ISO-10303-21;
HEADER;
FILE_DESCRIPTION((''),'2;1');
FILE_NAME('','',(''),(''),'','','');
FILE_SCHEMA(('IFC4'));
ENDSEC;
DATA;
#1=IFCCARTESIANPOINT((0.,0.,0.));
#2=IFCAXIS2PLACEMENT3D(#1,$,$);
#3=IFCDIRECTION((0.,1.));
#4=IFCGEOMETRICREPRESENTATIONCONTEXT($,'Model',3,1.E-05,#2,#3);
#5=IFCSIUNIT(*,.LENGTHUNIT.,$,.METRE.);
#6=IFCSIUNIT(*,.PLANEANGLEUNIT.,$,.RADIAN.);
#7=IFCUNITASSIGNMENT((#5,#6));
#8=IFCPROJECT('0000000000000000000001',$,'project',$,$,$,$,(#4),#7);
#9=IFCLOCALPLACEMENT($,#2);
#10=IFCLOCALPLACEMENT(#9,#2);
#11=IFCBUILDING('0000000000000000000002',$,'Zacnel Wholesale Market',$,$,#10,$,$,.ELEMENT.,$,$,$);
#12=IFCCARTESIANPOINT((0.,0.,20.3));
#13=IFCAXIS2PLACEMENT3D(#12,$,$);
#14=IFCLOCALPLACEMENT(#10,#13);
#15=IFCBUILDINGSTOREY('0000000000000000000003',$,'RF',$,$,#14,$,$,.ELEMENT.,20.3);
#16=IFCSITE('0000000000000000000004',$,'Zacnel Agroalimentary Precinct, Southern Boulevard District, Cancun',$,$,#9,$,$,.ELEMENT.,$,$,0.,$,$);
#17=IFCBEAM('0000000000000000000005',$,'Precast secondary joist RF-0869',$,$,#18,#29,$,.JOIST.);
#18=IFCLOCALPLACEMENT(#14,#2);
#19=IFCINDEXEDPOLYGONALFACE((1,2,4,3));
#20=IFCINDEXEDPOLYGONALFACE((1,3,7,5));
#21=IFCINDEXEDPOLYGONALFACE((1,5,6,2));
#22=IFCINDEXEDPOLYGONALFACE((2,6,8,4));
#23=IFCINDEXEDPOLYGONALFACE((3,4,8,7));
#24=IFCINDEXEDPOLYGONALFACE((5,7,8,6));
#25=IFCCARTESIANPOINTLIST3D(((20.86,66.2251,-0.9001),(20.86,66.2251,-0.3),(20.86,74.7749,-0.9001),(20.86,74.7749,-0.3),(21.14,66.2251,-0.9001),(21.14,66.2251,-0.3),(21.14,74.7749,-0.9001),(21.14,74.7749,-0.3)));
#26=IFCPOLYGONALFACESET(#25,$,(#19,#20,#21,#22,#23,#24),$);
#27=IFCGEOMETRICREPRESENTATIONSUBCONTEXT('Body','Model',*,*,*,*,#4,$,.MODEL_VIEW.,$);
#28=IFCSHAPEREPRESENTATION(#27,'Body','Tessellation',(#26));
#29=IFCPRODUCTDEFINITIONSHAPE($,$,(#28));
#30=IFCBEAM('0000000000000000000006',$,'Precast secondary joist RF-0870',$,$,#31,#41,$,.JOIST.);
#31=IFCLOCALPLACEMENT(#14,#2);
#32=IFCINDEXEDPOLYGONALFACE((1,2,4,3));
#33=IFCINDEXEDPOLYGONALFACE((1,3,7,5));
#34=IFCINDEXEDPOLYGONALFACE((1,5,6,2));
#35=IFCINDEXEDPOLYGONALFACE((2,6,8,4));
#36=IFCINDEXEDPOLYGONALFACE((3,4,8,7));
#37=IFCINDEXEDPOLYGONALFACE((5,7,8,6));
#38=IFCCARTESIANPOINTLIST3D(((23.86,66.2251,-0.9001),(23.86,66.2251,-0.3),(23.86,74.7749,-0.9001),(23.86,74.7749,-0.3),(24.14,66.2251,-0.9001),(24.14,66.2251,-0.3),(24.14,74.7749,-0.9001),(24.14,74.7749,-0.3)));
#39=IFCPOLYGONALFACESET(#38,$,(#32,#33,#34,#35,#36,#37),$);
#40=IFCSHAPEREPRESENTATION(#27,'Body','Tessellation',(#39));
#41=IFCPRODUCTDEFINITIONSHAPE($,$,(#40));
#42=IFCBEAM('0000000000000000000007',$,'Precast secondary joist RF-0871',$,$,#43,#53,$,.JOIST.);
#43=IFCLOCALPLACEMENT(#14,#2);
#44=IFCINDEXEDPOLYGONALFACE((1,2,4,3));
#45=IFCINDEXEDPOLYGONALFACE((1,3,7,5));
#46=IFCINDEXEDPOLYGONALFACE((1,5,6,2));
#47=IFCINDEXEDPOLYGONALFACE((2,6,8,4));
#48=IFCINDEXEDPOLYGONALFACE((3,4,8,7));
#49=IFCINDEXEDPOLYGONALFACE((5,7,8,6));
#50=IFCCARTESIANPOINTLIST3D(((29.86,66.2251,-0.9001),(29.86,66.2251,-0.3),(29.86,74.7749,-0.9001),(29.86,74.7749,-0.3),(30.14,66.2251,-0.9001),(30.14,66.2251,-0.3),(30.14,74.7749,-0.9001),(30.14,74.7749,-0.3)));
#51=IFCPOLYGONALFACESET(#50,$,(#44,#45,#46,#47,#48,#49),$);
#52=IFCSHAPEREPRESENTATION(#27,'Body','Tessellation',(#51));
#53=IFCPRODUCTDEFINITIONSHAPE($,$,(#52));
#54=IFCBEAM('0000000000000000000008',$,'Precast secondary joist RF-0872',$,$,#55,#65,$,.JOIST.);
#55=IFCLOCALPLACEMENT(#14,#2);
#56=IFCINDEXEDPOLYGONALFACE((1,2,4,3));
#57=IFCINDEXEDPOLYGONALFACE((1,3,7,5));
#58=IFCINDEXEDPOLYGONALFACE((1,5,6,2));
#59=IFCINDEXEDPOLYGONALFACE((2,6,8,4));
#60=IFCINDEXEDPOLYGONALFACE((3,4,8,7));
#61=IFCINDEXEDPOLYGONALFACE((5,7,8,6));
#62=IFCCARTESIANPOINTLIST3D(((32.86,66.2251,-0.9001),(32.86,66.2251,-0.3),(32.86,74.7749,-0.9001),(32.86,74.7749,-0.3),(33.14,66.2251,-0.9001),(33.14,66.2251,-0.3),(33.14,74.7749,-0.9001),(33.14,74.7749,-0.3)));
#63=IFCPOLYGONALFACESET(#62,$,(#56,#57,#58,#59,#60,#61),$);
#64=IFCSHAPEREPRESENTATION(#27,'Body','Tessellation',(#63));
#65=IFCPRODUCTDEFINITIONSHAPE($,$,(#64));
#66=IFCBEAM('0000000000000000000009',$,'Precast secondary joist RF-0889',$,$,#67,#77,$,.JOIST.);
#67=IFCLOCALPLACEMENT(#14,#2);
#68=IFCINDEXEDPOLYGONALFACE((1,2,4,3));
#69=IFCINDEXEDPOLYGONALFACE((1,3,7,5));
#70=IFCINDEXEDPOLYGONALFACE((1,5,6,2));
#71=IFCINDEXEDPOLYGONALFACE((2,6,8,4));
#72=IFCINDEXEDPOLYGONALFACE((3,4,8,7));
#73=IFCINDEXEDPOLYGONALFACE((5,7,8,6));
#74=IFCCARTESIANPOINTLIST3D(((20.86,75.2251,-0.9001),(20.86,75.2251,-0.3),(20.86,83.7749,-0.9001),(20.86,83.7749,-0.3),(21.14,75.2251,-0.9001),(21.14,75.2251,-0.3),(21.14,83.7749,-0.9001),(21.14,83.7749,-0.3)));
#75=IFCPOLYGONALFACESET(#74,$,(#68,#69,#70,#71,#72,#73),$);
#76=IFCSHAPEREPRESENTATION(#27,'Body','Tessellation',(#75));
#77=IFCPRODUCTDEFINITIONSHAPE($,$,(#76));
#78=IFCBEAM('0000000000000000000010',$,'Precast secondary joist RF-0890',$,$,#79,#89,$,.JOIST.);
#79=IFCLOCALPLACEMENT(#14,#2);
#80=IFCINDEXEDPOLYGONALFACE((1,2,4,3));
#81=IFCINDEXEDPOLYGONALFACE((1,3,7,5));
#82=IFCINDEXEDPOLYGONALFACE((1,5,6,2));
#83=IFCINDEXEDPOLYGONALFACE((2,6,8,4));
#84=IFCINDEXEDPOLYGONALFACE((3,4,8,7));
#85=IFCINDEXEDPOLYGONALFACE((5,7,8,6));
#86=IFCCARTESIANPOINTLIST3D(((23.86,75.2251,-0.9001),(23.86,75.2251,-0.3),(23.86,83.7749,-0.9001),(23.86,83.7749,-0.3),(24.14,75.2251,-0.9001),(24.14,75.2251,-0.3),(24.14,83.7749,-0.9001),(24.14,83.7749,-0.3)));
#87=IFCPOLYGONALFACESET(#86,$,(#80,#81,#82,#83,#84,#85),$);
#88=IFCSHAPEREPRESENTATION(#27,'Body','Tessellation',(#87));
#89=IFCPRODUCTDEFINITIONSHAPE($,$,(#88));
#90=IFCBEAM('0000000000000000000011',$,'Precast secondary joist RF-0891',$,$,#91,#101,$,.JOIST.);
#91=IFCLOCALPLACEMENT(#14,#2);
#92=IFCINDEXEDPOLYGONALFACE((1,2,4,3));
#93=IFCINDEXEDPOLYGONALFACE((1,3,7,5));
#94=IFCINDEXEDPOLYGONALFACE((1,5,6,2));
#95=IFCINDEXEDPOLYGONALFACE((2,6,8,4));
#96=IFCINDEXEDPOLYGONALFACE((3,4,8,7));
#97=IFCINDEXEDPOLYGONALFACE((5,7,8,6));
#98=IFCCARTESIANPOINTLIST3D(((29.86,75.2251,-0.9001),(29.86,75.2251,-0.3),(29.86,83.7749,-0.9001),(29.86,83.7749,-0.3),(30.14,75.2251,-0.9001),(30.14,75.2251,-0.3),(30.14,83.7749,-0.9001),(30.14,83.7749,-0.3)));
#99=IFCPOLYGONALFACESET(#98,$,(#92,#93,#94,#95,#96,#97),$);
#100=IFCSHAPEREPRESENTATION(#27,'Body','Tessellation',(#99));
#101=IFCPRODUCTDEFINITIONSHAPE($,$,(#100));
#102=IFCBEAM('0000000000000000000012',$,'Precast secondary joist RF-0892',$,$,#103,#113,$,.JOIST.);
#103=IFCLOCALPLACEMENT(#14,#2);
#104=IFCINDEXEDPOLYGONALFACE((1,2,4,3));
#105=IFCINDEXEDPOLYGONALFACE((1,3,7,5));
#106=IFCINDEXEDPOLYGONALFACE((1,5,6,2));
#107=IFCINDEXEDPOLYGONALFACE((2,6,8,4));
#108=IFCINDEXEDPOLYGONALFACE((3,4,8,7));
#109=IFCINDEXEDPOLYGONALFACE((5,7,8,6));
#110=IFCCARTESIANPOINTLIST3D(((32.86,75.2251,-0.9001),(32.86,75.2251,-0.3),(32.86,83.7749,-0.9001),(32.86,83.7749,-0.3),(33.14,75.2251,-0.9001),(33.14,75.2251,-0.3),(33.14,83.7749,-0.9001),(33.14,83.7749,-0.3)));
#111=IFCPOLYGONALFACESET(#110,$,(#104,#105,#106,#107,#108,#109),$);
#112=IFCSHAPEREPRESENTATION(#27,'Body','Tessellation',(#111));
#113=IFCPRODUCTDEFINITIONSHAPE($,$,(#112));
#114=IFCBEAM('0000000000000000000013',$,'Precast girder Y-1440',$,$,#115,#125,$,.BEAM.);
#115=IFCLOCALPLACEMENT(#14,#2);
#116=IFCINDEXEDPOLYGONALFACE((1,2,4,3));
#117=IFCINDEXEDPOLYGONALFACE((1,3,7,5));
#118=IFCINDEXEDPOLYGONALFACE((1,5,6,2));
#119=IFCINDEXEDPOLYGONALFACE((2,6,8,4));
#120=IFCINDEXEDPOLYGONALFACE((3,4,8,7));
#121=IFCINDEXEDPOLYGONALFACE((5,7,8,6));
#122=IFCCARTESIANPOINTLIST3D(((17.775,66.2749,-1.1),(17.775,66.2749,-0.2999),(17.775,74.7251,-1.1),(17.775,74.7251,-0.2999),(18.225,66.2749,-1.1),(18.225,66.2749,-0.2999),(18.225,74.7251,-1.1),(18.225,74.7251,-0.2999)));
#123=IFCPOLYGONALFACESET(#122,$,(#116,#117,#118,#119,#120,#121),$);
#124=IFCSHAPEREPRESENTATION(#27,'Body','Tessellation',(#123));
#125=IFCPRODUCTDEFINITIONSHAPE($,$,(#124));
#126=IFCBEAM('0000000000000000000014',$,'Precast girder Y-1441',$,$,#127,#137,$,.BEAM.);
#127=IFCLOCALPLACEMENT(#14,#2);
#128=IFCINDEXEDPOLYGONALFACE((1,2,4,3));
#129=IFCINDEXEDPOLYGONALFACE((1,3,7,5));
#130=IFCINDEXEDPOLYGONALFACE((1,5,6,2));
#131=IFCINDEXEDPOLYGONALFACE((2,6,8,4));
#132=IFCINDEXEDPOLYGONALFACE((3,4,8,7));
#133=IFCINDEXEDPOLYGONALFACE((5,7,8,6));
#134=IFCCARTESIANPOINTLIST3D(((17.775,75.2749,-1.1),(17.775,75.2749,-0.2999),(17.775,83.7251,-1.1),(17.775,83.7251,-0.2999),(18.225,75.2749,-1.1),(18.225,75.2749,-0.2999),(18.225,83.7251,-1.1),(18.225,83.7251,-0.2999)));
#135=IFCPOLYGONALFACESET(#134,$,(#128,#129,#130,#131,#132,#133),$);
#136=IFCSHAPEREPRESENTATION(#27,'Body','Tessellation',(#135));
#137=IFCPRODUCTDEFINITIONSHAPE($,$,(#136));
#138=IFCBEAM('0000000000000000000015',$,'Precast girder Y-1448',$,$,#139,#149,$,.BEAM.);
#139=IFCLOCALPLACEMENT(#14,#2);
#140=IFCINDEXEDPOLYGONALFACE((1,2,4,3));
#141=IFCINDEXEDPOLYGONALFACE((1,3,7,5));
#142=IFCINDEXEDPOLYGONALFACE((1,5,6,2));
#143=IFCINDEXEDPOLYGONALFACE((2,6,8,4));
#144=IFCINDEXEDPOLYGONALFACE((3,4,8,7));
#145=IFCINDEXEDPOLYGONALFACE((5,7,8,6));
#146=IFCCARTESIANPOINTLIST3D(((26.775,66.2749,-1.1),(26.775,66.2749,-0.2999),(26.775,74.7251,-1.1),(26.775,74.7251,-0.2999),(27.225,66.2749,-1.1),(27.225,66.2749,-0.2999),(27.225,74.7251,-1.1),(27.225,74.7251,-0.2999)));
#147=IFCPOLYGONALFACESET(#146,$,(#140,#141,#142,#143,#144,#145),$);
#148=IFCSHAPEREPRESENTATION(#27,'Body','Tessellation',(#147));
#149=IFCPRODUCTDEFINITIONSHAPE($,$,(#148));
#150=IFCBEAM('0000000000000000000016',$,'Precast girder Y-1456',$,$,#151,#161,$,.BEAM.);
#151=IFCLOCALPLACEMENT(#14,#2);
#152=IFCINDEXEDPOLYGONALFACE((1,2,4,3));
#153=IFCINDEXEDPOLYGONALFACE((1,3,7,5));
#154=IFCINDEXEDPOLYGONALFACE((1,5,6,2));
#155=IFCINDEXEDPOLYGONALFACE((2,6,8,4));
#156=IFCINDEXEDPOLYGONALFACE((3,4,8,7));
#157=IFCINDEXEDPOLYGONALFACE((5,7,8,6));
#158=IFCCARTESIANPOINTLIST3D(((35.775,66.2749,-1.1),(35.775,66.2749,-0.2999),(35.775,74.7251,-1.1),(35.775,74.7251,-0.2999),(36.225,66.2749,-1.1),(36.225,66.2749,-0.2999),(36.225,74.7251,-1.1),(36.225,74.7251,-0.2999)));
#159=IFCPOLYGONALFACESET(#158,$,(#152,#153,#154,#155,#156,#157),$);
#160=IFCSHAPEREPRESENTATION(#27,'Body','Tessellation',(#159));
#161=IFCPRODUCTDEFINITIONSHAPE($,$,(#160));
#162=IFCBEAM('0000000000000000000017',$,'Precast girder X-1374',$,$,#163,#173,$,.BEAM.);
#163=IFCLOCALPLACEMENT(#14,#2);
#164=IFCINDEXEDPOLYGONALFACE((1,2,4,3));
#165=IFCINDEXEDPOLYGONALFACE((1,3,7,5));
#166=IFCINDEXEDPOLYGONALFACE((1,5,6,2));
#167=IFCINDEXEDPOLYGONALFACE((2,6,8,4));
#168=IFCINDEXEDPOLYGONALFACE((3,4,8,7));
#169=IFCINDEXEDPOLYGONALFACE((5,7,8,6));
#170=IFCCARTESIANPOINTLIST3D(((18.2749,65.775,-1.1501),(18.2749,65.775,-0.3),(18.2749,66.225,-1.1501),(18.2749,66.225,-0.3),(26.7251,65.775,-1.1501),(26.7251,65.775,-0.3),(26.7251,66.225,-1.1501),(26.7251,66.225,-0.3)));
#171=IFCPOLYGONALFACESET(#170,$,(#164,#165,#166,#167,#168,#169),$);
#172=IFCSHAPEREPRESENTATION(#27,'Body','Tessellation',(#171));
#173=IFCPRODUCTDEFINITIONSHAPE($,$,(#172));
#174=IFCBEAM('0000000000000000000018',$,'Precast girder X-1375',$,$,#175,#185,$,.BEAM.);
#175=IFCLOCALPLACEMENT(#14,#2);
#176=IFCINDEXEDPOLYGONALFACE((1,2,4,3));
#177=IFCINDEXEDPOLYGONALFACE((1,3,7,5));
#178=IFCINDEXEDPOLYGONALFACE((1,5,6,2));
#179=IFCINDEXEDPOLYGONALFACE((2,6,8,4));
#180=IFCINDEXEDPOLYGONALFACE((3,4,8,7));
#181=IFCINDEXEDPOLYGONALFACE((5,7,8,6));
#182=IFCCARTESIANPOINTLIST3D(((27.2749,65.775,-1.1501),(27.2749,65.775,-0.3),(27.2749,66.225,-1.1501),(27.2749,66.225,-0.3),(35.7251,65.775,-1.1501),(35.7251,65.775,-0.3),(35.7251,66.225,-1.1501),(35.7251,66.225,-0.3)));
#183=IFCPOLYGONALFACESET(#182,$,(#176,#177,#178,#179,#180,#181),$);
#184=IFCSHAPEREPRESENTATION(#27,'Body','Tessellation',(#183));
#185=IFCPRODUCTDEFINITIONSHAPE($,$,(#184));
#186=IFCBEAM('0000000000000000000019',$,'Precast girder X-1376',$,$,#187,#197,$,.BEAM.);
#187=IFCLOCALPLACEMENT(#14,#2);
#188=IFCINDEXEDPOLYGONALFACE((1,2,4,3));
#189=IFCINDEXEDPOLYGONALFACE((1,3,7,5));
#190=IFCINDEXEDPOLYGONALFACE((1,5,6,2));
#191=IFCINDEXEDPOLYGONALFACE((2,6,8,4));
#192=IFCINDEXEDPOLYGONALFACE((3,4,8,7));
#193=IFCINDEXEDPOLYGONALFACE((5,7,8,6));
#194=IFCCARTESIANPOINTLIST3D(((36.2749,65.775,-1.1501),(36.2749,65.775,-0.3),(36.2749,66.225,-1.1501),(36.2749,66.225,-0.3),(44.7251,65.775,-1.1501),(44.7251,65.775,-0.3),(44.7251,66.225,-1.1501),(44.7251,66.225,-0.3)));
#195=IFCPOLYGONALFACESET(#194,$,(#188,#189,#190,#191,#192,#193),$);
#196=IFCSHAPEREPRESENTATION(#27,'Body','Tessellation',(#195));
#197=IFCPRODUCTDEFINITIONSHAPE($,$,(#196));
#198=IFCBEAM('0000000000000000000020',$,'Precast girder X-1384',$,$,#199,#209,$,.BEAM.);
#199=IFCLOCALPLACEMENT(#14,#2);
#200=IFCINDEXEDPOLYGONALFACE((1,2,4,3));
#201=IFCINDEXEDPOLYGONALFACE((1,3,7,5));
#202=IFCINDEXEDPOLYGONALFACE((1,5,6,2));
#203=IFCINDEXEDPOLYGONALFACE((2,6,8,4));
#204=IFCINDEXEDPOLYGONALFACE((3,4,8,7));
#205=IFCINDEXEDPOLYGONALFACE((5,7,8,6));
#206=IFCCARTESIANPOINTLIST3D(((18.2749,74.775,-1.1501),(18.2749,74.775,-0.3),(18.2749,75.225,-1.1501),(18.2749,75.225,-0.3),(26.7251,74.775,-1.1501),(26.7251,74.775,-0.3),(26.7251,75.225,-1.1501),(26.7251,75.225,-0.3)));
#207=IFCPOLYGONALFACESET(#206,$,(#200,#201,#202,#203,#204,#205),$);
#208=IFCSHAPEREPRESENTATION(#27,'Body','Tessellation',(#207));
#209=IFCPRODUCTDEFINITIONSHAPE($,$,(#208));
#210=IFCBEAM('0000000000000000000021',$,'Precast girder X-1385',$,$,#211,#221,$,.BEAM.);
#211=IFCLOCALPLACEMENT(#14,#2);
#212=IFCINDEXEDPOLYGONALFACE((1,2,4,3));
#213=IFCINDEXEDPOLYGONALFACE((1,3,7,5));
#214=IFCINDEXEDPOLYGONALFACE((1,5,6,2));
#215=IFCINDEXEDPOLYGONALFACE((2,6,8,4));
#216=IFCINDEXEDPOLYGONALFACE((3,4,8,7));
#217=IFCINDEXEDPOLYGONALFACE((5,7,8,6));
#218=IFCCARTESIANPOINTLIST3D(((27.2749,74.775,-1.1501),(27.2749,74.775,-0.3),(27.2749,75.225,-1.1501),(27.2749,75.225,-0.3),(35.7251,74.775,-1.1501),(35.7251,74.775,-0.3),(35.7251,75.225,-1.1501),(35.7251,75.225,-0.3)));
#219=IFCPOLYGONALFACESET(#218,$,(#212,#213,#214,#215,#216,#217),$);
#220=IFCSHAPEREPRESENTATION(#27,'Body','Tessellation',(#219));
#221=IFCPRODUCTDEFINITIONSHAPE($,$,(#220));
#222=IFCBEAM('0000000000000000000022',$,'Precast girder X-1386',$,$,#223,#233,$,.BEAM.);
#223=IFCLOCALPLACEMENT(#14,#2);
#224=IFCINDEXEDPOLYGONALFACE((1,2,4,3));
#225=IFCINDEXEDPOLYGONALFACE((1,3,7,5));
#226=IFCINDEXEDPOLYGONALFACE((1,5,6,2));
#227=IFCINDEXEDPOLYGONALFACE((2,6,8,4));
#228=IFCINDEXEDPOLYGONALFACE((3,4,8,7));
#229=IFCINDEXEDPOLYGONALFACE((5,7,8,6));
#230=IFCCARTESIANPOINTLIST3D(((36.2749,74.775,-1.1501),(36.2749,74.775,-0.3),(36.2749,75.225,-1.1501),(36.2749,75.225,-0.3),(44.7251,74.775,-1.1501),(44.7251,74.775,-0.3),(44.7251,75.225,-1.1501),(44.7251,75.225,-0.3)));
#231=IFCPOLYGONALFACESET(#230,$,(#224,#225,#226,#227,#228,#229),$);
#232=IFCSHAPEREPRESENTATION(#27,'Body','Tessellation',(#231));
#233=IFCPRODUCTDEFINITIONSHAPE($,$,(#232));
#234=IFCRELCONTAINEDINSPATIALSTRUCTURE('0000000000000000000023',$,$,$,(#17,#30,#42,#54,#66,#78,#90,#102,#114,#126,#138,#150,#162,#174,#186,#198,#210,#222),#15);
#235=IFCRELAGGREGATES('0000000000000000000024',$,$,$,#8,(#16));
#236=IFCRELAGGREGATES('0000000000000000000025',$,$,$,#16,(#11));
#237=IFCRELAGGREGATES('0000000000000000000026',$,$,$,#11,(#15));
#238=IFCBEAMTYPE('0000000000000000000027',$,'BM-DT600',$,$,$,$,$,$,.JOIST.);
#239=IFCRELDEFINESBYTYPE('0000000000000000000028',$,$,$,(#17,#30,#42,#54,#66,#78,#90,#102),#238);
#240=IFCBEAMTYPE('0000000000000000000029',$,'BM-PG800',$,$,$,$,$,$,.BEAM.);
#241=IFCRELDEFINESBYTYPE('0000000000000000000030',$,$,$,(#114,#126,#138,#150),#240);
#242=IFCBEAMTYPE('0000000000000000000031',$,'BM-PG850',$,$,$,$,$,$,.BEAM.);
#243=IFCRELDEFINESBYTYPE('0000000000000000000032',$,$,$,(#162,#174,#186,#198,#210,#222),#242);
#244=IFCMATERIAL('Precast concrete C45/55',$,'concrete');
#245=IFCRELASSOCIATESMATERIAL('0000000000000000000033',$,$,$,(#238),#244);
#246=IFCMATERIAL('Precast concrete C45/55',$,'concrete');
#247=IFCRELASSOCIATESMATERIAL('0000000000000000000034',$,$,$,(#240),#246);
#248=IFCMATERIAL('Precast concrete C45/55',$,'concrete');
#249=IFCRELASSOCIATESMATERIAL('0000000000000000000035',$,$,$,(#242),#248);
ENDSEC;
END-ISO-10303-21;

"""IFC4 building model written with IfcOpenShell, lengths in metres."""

from ifc_helpers import new_model, si_unit, direction, frame, origin, origin_2d, place, context, subcontext, project, spatial, rectangle, extrude, material, material_profile, profile_set, type_object, element, save


model = new_model("IFC4")

# Units and contexts
model_context = context("Model", 3, precision=1e-05, world=origin(), true_north=direction((0.0, 1.0)))
body_context = subcontext(model_context, "Body", "Model", "MODEL_VIEW")
ifc_project = project(units=[si_unit("LENGTHUNIT", "METRE"), si_unit("PLANEANGLEUNIT", "RADIAN")], contexts=[model_context])

# Site, building, storey
site_placement = place(None, origin())
site = spatial("IfcSite", under=ifc_project, at=site_placement, Name="Zacnel Agroalimentary Precinct, Southern Boulevard District, Cancun", CompositionType="ELEMENT", RefElevation=0.0)
building_placement = place(site_placement, origin())
building = spatial("IfcBuilding", under=site, at=building_placement, Name="Zacnel Wholesale Market", CompositionType="ELEMENT")
storey_placement = place(building_placement, frame((0.0, 0.0, 20.3)))
storey = spatial("IfcBuildingStorey", under=building, at=storey_placement, Name="RF", CompositionType="ELEMENT", Elevation=20.3)

# Beams
ifc_material_1 = material(Name="Precast concrete C45/55", Category="concrete")
ifc_material_profile_1 = material_profile(ifc_material_1, rectangle(XDim=0.28, YDim=0.6001, at=origin_2d()), Name="DT RIB 280x600")
ifc_profile_set_1 = profile_set([ifc_material_profile_1], Name="Precast concrete C45/55")
beam_type_1 = type_object("IfcBeamType", Name="BM-DT600", PredefinedType="JOIST", material=ifc_profile_set_1)
for number, where, z_axis, x_axis, name in (
    (1, (21.0, 66.2251, -0.6001), (0.0, 1.0, 0.0), (-1.0, 0.0, 0.0), "Precast secondary joist RF-0869"),
    (2, (24.0, 66.2251, -0.6001), (0.0, 1.0, 0.0), (-1.0, 0.0, 0.0), "Precast secondary joist RF-0870"),
    (3, (30.0, 66.2251, -0.6001), (0.0, 1.0, 0.0), (-1.0, 0.0, 0.0), "Precast secondary joist RF-0871"),
    (4, (33.0, 66.2251, -0.6001), (0.0, 1.0, 0.0), (-1.0, 0.0, 0.0), "Precast secondary joist RF-0872"),
    (5, (21.0, 75.2251, -0.6001), (0.0, 1.0, 0.0), (-1.0, 0.0, 0.0), "Precast secondary joist RF-0889"),
    (6, (24.0, 75.2251, -0.6001), (0.0, 1.0, 0.0), (-1.0, 0.0, 0.0), "Precast secondary joist RF-0890"),
    (7, (30.0, 75.2251, -0.6001), (0.0, 1.0, 0.0), (-1.0, 0.0, 0.0), "Precast secondary joist RF-0891"),
    (8, (33.0, 75.2251, -0.6001), (0.0, 1.0, 0.0), (-1.0, 0.0, 0.0), "Precast secondary joist RF-0892"),
):
    element("IfcBeam", number, at=place(storey_placement, frame(where, z_axis=z_axis, x_axis=x_axis)), inside=storey, type_object=beam_type_1, Name=name, PredefinedType="JOIST", context=body_context, shape_type="SweptSolid", body=[
        extrude(rectangle(XDim=0.28, YDim=0.6001, at=origin_2d()), origin(), (0.0, 0.0, 1.0), 8.5498),
    ])
ifc_material_2 = material(Name="Precast concrete C45/55", Category="concrete")
ifc_material_profile_2 = material_profile(ifc_material_2, rectangle(XDim=0.45, YDim=0.8, at=origin_2d()), Name="PG 450x800")
ifc_profile_set_2 = profile_set([ifc_material_profile_2], Name="Precast concrete C45/55")
beam_type_2 = type_object("IfcBeamType", Name="BM-PG800", PredefinedType="BEAM", material=ifc_profile_set_2)
for number, where, z_axis, x_axis, name in (
    (9, (18.0, 66.2749, -0.7), (0.0, 1.0, 0.0), (-1.0, 0.0, 0.0), "Precast girder Y-1440"),
    (10, (18.0, 75.2749, -0.7), (0.0, 1.0, 0.0), (-1.0, 0.0, 0.0), "Precast girder Y-1441"),
    (11, (27.0, 66.2749, -0.7), (0.0, 1.0, 0.0), (-1.0, 0.0, 0.0), "Precast girder Y-1448"),
    (12, (36.0, 66.2749, -0.7), (0.0, 1.0, 0.0), (-1.0, 0.0, 0.0), "Precast girder Y-1456"),
):
    element("IfcBeam", number, at=place(storey_placement, frame(where, z_axis=z_axis, x_axis=x_axis)), inside=storey, type_object=beam_type_2, Name=name, PredefinedType="BEAM", context=body_context, shape_type="SweptSolid", body=[
        extrude(rectangle(XDim=0.45, YDim=0.8, at=origin_2d()), origin(), (0.0, 0.0, 1.0), 8.4502),
    ])
ifc_material_3 = material(Name="Precast concrete C45/55", Category="concrete")
ifc_material_profile_3 = material_profile(ifc_material_3, rectangle(XDim=0.45, YDim=0.8501, at=origin_2d()), Name="PG 450x850")
ifc_profile_set_3 = profile_set([ifc_material_profile_3], Name="Precast concrete C45/55")
beam_type_3 = type_object("IfcBeamType", Name="BM-PG850", PredefinedType="BEAM", material=ifc_profile_set_3)
for number, where, z_axis, x_axis, name in (
    (13, (18.2749, 66.0, -0.7251), (1.0, 0.0, 0.0), (0.0, 1.0, 0.0), "Precast girder X-1374"),
    (14, (27.2749, 66.0, -0.7251), (1.0, 0.0, 0.0), (0.0, 1.0, 0.0), "Precast girder X-1375"),
    (15, (36.2749, 66.0, -0.7251), (1.0, 0.0, 0.0), (0.0, 1.0, 0.0), "Precast girder X-1376"),
    (16, (18.2749, 75.0, -0.7251), (1.0, 0.0, 0.0), (0.0, 1.0, 0.0), "Precast girder X-1384"),
    (17, (27.2749, 75.0, -0.7251), (1.0, 0.0, 0.0), (0.0, 1.0, 0.0), "Precast girder X-1385"),
    (18, (36.2749, 75.0, -0.7251), (1.0, 0.0, 0.0), (0.0, 1.0, 0.0), "Precast girder X-1386"),
):
    element("IfcBeam", number, at=place(storey_placement, frame(where, z_axis=z_axis, x_axis=x_axis)), inside=storey, type_object=beam_type_3, Name=name, PredefinedType="BEAM", context=body_context, shape_type="SweptSolid", body=[
        extrude(rectangle(XDim=0.45, YDim=0.8501, at=origin_2d()), origin(), (0.0, 0.0, 1.0), 8.4502),
    ])

save(model, "model.ifc")
